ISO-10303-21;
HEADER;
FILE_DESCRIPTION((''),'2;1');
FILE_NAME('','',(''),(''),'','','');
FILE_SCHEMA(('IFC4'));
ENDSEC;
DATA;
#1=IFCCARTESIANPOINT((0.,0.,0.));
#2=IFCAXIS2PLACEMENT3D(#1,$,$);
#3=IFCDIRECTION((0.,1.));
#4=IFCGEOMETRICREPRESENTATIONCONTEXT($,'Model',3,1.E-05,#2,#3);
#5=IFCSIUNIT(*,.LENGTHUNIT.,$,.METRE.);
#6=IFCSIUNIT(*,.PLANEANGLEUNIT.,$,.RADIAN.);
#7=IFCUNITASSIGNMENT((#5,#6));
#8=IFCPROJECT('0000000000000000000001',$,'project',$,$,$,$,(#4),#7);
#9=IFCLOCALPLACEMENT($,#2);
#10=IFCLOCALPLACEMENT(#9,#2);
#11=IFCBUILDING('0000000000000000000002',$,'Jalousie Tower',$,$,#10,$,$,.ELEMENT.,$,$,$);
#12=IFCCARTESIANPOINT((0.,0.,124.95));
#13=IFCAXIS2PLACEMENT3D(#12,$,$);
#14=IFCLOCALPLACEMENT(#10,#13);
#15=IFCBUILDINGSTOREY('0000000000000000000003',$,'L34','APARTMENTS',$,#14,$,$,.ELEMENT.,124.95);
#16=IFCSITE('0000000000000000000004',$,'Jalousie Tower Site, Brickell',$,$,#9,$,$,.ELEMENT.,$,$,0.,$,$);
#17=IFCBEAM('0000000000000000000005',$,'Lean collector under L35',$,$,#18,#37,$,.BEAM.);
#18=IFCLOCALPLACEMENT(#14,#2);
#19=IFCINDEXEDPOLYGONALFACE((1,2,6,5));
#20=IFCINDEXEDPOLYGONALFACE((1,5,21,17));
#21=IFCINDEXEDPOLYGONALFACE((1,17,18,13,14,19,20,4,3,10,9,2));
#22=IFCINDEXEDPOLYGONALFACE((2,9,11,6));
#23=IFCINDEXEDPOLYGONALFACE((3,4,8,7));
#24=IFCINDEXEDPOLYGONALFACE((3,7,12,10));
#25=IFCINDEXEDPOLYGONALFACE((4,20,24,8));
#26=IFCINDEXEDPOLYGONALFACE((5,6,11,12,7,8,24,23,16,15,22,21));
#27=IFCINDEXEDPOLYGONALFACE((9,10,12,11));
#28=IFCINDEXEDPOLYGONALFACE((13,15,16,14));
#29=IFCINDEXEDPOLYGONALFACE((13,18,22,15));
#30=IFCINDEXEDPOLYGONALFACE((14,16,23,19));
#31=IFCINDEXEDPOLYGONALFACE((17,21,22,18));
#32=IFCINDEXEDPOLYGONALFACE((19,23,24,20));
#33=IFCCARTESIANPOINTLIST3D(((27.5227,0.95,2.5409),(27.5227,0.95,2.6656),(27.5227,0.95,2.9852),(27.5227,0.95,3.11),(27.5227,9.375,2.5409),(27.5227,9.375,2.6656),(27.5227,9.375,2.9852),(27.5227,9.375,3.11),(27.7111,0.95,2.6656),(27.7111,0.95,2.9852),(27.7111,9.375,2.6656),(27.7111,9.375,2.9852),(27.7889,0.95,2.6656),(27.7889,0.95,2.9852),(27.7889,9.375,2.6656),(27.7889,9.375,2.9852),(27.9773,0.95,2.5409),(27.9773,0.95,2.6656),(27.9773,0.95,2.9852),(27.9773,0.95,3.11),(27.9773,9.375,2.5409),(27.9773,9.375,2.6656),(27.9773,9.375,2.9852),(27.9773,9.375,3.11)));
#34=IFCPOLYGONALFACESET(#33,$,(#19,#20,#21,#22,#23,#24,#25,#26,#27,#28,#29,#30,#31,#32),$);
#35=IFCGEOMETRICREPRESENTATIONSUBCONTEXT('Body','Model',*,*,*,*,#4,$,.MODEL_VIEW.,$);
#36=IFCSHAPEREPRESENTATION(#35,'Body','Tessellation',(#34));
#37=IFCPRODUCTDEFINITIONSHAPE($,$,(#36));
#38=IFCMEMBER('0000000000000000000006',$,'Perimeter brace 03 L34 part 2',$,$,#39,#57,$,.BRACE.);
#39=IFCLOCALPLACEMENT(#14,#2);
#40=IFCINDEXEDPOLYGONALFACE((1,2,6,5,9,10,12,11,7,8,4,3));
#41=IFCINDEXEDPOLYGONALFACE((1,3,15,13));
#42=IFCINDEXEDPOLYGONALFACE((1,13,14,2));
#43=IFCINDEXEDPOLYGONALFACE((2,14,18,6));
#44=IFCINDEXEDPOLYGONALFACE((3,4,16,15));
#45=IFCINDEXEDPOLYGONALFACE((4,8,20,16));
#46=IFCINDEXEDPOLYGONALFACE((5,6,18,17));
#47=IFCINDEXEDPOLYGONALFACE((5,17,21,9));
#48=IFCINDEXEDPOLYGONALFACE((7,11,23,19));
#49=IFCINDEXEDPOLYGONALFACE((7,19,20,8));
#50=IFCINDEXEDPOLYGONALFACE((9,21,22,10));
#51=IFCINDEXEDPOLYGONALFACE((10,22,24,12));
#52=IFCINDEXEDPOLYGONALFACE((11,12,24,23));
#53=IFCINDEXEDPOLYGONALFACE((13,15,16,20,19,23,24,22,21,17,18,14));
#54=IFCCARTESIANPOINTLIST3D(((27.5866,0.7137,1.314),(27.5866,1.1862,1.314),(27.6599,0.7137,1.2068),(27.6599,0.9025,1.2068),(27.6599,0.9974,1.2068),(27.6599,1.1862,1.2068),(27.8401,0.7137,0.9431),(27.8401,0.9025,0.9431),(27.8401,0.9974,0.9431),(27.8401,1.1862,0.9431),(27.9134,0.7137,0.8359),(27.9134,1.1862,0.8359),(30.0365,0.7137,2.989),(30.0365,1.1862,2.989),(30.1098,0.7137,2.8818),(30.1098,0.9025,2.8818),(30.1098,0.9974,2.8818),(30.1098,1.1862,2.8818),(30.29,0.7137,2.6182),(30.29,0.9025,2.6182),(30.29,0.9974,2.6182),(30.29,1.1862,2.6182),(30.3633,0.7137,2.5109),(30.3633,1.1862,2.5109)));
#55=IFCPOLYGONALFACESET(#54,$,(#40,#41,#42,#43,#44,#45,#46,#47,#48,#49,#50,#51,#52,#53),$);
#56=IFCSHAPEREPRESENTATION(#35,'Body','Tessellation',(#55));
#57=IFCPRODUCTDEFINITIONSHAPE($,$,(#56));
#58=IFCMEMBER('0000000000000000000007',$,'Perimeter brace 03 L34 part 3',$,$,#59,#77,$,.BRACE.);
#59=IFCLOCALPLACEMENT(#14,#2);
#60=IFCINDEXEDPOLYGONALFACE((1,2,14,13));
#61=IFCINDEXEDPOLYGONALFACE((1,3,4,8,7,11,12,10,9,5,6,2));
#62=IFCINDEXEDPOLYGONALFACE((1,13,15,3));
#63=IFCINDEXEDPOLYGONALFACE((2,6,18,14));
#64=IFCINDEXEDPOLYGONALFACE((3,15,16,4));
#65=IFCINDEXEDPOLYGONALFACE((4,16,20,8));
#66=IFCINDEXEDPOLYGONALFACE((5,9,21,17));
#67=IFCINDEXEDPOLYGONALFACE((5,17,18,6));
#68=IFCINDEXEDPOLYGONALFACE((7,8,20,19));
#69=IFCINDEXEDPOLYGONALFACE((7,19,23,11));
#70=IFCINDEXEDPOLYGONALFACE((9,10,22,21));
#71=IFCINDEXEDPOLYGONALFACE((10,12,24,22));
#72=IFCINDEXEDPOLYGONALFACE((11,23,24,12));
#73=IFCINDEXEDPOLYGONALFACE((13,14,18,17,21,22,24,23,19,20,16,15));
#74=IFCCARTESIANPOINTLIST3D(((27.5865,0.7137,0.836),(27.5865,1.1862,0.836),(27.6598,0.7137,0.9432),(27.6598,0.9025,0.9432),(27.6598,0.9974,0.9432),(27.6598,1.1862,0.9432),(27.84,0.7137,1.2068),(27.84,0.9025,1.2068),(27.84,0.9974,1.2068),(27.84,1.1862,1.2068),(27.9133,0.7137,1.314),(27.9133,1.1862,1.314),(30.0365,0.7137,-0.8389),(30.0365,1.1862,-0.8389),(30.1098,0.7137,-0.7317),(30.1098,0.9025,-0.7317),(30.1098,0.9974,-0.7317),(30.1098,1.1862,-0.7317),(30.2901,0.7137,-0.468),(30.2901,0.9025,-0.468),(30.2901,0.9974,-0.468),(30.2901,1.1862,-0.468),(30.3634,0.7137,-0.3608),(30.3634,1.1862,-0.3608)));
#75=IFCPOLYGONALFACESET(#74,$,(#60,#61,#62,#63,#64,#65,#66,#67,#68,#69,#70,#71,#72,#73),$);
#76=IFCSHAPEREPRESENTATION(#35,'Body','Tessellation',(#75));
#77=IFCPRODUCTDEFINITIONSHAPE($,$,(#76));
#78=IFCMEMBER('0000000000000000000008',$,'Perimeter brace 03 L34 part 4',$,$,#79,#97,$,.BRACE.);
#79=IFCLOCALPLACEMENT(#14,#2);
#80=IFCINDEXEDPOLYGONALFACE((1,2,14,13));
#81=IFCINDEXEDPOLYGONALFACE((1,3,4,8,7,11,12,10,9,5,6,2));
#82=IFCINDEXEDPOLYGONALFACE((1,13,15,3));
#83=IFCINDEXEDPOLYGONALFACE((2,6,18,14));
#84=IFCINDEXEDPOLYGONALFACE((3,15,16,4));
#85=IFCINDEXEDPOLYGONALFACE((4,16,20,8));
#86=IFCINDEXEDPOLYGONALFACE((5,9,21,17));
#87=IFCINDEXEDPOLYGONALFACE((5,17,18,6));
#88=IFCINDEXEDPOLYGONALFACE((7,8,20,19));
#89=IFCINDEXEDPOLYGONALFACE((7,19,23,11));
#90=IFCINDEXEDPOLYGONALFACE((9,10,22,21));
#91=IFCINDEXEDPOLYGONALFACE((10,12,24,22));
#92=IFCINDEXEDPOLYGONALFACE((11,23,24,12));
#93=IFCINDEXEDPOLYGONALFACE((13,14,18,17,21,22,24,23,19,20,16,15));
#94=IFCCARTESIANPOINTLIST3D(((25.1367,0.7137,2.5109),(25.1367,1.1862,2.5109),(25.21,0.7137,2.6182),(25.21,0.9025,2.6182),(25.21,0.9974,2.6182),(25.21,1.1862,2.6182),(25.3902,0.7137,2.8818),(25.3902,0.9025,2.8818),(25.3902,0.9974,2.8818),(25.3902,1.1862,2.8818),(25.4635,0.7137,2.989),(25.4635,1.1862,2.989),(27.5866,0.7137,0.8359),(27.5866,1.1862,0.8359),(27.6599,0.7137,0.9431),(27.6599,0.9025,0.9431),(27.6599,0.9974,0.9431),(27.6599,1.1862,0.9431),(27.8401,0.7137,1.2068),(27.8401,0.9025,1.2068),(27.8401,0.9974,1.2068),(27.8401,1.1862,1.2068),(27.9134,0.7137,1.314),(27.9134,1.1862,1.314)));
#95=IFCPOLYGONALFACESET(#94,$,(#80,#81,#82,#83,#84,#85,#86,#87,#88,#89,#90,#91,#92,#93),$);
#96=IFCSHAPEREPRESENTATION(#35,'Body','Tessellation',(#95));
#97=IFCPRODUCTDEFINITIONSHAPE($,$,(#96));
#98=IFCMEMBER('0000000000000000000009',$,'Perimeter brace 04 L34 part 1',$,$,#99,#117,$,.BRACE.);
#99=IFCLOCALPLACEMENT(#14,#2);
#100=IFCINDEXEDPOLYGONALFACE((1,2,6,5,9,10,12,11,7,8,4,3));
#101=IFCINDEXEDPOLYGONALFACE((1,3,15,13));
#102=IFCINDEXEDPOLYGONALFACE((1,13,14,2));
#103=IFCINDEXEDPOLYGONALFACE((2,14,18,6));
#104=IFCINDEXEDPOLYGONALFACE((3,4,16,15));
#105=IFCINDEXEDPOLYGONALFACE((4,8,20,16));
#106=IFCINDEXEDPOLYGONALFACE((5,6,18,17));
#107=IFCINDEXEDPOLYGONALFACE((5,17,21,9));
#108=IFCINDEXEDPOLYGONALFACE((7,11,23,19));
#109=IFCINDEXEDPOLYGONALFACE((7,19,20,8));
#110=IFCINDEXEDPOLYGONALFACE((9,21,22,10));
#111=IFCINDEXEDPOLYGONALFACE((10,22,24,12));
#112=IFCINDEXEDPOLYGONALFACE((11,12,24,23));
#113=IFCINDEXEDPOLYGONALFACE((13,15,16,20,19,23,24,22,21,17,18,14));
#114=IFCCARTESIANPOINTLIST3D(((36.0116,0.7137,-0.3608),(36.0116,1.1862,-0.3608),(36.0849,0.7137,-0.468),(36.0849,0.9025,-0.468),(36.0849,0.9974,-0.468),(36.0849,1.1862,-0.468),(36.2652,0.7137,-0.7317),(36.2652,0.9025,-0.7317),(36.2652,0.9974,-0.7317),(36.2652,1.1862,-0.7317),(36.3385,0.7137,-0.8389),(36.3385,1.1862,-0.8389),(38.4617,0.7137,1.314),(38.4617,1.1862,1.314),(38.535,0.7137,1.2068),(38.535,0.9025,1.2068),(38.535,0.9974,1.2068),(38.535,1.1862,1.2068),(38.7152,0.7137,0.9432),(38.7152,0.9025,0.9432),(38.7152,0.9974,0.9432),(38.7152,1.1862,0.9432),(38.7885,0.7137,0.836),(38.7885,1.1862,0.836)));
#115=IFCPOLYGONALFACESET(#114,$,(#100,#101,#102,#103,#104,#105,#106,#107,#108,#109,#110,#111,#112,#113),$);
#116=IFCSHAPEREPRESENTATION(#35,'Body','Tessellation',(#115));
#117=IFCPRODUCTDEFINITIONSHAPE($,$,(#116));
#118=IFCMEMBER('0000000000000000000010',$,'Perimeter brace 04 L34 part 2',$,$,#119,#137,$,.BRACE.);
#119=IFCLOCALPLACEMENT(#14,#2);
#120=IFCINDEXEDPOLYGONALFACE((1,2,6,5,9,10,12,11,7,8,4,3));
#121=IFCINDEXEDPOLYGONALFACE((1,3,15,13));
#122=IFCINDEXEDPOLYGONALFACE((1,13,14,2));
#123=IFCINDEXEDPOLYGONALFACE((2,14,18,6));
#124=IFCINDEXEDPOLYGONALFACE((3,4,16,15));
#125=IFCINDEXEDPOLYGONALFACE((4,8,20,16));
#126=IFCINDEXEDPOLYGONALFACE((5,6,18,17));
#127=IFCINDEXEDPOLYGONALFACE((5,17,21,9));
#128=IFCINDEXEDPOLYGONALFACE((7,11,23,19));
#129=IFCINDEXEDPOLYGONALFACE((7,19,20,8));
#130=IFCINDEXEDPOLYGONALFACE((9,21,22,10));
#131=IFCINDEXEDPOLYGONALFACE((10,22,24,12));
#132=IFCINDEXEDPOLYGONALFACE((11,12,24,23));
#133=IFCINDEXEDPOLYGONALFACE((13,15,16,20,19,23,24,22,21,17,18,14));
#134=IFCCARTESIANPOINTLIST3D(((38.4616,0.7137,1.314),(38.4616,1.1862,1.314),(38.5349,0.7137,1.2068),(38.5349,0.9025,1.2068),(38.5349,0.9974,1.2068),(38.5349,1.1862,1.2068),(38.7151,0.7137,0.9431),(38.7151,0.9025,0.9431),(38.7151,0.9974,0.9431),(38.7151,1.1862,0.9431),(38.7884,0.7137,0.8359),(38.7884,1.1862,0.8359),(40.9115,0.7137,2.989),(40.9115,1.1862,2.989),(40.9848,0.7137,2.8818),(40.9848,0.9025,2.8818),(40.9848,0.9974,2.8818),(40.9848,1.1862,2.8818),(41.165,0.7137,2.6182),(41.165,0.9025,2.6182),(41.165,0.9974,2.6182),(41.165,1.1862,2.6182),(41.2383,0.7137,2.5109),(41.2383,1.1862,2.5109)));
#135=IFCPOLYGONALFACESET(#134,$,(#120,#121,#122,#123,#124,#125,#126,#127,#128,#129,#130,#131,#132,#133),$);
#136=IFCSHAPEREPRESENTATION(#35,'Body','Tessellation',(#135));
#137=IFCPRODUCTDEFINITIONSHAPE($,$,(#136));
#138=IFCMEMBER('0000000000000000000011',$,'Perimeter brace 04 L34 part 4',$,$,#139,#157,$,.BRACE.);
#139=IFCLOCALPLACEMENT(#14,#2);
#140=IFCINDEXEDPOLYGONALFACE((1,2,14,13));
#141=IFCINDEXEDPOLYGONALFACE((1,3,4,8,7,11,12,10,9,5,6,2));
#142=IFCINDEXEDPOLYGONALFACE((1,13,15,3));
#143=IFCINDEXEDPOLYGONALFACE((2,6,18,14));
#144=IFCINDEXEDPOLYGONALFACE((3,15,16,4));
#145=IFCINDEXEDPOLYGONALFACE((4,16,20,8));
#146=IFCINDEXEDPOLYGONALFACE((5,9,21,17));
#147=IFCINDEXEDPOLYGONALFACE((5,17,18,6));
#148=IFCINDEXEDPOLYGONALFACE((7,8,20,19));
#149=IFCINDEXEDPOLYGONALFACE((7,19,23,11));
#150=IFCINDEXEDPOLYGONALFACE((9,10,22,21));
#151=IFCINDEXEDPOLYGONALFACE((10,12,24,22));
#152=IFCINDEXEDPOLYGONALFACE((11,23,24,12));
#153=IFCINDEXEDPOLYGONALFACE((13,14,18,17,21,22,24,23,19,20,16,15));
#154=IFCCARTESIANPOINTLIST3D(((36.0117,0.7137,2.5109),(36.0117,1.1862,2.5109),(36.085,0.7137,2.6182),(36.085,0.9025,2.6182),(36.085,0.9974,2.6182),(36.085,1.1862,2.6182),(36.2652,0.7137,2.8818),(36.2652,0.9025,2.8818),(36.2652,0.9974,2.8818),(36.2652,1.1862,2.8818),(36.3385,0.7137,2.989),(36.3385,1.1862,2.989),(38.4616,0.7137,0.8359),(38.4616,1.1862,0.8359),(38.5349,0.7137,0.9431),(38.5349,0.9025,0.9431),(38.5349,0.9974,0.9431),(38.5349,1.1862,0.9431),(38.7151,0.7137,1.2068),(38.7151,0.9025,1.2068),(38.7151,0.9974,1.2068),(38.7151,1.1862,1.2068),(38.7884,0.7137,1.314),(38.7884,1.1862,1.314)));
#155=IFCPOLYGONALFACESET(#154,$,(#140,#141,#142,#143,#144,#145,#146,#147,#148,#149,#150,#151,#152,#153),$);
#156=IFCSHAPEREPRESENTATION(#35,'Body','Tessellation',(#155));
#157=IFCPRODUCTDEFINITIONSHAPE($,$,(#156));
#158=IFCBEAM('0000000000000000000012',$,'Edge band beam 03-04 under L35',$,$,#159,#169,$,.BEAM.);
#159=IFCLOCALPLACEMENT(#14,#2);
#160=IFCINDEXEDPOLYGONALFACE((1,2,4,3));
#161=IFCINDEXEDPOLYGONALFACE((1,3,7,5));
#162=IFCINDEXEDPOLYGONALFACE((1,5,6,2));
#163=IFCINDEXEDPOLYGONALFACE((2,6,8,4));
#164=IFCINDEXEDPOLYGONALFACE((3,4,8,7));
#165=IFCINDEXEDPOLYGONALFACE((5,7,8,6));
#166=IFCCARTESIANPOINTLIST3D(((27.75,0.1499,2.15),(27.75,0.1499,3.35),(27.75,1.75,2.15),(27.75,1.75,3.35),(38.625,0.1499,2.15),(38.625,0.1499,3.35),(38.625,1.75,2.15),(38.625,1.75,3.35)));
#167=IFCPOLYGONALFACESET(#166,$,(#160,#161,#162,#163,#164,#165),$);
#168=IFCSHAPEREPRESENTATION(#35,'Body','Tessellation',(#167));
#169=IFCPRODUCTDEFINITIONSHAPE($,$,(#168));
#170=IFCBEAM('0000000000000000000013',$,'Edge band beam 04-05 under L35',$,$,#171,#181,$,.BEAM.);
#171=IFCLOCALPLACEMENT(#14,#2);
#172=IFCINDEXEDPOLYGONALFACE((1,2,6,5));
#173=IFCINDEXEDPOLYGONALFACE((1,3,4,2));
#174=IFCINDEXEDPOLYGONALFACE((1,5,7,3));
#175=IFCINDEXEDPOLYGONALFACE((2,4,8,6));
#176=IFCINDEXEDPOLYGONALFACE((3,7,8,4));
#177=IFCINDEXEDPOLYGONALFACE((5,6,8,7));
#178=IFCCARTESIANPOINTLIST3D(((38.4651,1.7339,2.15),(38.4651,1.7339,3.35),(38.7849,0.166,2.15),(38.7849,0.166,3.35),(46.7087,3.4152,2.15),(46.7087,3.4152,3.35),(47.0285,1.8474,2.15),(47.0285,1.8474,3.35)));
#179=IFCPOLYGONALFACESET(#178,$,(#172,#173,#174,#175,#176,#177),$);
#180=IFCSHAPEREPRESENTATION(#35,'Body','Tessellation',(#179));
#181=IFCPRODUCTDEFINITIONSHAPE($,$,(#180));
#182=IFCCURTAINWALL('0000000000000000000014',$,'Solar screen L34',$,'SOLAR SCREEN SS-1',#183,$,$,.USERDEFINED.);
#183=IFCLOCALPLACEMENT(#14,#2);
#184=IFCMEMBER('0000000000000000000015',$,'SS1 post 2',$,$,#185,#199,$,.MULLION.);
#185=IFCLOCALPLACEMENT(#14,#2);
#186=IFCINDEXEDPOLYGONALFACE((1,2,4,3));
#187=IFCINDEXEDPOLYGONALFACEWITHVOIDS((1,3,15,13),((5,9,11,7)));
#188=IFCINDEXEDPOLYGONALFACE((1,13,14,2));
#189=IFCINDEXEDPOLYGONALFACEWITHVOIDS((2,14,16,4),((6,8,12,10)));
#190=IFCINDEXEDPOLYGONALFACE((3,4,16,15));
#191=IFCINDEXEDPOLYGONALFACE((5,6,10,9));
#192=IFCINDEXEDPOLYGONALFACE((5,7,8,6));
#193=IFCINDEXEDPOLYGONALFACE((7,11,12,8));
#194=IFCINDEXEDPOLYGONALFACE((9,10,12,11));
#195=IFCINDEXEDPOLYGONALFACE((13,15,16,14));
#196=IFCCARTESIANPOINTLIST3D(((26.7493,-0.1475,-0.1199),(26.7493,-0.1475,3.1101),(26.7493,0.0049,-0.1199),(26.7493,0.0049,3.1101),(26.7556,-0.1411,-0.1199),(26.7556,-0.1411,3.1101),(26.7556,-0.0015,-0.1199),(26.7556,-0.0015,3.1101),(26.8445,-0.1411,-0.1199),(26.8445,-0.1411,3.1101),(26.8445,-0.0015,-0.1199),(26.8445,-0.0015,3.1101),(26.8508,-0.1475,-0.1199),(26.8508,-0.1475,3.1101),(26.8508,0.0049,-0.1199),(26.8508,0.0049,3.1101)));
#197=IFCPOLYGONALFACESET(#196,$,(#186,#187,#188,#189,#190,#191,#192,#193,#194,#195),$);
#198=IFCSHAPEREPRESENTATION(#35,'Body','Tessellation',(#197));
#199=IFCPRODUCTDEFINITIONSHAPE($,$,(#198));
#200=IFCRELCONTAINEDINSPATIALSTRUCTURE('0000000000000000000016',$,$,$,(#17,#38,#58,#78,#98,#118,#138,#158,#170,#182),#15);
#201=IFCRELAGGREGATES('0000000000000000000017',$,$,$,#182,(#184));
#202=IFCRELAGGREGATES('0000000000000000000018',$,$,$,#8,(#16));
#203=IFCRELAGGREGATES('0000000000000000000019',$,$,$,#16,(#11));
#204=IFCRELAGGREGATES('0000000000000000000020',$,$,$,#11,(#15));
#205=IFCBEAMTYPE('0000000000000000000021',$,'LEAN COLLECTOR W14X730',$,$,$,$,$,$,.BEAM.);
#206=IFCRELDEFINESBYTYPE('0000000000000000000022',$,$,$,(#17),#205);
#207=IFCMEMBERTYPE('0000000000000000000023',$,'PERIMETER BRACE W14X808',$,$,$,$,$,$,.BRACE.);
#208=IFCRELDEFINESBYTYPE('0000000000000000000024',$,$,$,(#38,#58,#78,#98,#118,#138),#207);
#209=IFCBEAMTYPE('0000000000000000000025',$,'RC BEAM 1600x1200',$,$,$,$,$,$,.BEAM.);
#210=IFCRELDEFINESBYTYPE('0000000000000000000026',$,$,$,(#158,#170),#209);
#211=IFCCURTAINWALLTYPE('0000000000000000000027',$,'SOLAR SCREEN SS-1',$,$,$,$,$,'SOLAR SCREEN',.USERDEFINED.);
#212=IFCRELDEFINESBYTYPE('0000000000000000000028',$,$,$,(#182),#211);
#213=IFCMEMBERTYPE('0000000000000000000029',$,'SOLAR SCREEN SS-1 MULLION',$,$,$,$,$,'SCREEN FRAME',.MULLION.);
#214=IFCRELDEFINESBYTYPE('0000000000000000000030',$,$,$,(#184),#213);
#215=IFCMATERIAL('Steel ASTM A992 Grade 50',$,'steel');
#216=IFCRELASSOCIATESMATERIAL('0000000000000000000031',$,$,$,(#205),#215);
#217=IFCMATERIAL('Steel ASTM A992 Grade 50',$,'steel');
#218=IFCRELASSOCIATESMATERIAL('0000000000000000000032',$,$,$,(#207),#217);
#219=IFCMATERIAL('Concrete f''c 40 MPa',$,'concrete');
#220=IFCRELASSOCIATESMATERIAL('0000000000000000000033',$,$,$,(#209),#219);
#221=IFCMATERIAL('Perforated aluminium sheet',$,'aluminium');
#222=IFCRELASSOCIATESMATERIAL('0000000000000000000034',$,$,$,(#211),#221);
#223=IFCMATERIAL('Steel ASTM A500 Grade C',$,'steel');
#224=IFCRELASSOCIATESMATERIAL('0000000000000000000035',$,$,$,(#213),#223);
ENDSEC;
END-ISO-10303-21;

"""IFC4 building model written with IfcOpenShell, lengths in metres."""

from ifc_helpers import new_model, si_unit, direction, frame, origin, origin_2d, place, context, subcontext, project, spatial, rectangle, hollow_rectangle, i_section, extrude, material, material_profile, profile_set, type_object, element, aggregate, save


model = new_model("IFC4")

# Units and contexts
model_context = context("Model", 3, precision=1e-05, world=origin(), true_north=direction((0.0, 1.0)))
body_context = subcontext(model_context, "Body", "Model", "MODEL_VIEW")
ifc_project = project(units=[si_unit("LENGTHUNIT", "METRE"), si_unit("PLANEANGLEUNIT", "RADIAN")], contexts=[model_context])

# Site, building, storey
site_placement = place(None, origin())
site = spatial("IfcSite", under=ifc_project, at=site_placement, Name="Jalousie Tower Site, Brickell", CompositionType="ELEMENT", RefElevation=0.0)
building_placement = place(site_placement, origin())
building = spatial("IfcBuilding", under=site, at=building_placement, Name="Jalousie Tower", CompositionType="ELEMENT")
storey_placement = place(building_placement, frame((0.0, 0.0, 124.95)))
storey = spatial("IfcBuildingStorey", under=building, at=storey_placement, Name="L34", Description="APARTMENTS", CompositionType="ELEMENT", Elevation=124.95)

# Beam
ifc_material_1 = material(Name="Steel ASTM A992 Grade 50", Category="steel")
ifc_material_profile_1 = material_profile(ifc_material_1, i_section(OverallWidth=0.4546, OverallDepth=0.5691, WebThickness=0.0779, FlangeThickness=0.1248, at=origin_2d()), Name="W14X730")
ifc_profile_set_1 = profile_set([ifc_material_profile_1], Name="Steel ASTM A992 Grade 50")
beam_type_1 = type_object("IfcBeamType", Name="LEAN COLLECTOR W14X730", PredefinedType="BEAM", material=ifc_profile_set_1)
beam_1_placement = place(storey_placement, frame((27.75, 0.95, 2.8254), z_axis=(0.0, 1.0, 0.0), x_axis=(-1.0, 0.0, 0.0)))
element("IfcBeam", 1, at=beam_1_placement, inside=storey, type_object=beam_type_1, Name="Lean collector under L35", PredefinedType="BEAM", context=body_context, shape_type="SweptSolid", body=[
    extrude(i_section(OverallWidth=0.4546, OverallDepth=0.5691, WebThickness=0.0779, FlangeThickness=0.1248, at=origin_2d()), origin(), (0.0, 0.0, 1.0), 8.425),
])

# Members
ifc_material_2 = material(Name="Steel ASTM A992 Grade 50", Category="steel")
ifc_material_profile_2 = material_profile(ifc_material_2, i_section(OverallWidth=0.4724, OverallDepth=0.5791, WebThickness=0.095, FlangeThickness=0.1299, at=origin_2d()), Name="W14X808")
ifc_profile_set_2 = profile_set([ifc_material_profile_2], Name="Steel ASTM A992 Grade 50")
member_type_1 = type_object("IfcMemberType", Name="PERIMETER BRACE W14X808", PredefinedType="BRACE", material=ifc_profile_set_2)
for number, where, z_axis, x_axis, name in (
    (2, (27.75, 0.95, 1.075), (0.825501, 0.0, 0.564401), (0.0, 1.0, 0.0), "Perimeter brace 03 L34 part 2"),
    (3, (30.2, 0.95, -0.5999), (-0.825539, 0.0, 0.564345), (0.0, -1.0, 0.0), "Perimeter brace 03 L34 part 3"),
    (4, (27.75, 0.95, 1.075), (-0.825501, 0.0, 0.564401), (0.0, -1.0, 0.0), "Perimeter brace 03 L34 part 4"),
    (5, (36.175, 0.95, -0.5999), (0.825539, 0.0, 0.564345), (0.0, 1.0, 0.0), "Perimeter brace 04 L34 part 1"),
    (6, (38.625, 0.95, 1.075), (0.825501, 0.0, 0.564401), (0.0, 1.0, 0.0), "Perimeter brace 04 L34 part 2"),
    (7, (38.625, 0.95, 1.075), (-0.825501, 0.0, 0.564401), (0.0, -1.0, 0.0), "Perimeter brace 04 L34 part 4"),
):
    element("IfcMember", number, at=place(storey_placement, frame(where, z_axis=z_axis, x_axis=x_axis)), inside=storey, type_object=member_type_1, Name=name, PredefinedType="BRACE", context=body_context, shape_type="SweptSolid", body=[
        extrude(i_section(OverallWidth=0.4724, OverallDepth=0.5791, WebThickness=0.095, FlangeThickness=0.1299, at=origin_2d()), origin(), (0.0, 0.0, 1.0), 2.9678),
    ])

# Beams
ifc_material_3 = material(Name="Concrete f'c 40 MPa", Category="concrete")
ifc_material_profile_3 = material_profile(ifc_material_3, rectangle(XDim=1.6001, YDim=1.2, at=origin_2d()), Name="RC 1600x1200")
ifc_profile_set_3 = profile_set([ifc_material_profile_3], Name="Concrete f'c 40 MPa")
beam_type_2 = type_object("IfcBeamType", Name="RC BEAM 1600x1200", PredefinedType="BEAM", material=ifc_profile_set_3)
beam_2_placement = place(storey_placement, frame((27.75, 0.95, 2.75), z_axis=(1.0, 0.0, 0.0), x_axis=(0.0, 1.0, 0.0)))
element("IfcBeam", 8, at=beam_2_placement, inside=storey, type_object=beam_type_2, Name="Edge band beam 03-04 under L35", PredefinedType="BEAM", context=body_context, shape_type="SweptSolid", body=[
    extrude(rectangle(XDim=1.6001, YDim=1.2, at=origin_2d()), origin(), (0.0, 0.0, 1.0), 10.875),
])
beam_3_placement = place(storey_placement, frame((38.625, 0.95, 2.75), z_axis=(0.979827, 0.199848, 0.0), x_axis=(-0.199848, 0.979827, 0.0)))
element("IfcBeam", 9, at=beam_3_placement, inside=storey, type_object=beam_type_2, Name="Edge band beam 04-05 under L35", PredefinedType="BEAM", context=body_context, shape_type="SweptSolid", body=[
    extrude(rectangle(XDim=1.6001, YDim=1.2, at=origin_2d()), origin(), (0.0, 0.0, 1.0), 8.4133),
])

# Curtain wall, member
ifc_material_4 = material(Name="Perforated aluminium sheet", Category="aluminium")
curtain_wall_type = type_object("IfcCurtainWallType", Name="SOLAR SCREEN SS-1", ElementType="SOLAR SCREEN", PredefinedType="USERDEFINED", material=ifc_material_4)
curtain_wall_1_placement = place(storey_placement, origin())
curtain_wall_1 = element("IfcCurtainWall", 10, at=curtain_wall_1_placement, inside=storey, type_object=curtain_wall_type, Name="Solar screen L34", ObjectType="SOLAR SCREEN SS-1", PredefinedType="USERDEFINED")
ifc_material_5 = material(Name="Steel ASTM A500 Grade C", Category="steel")
ifc_material_profile_4 = material_profile(ifc_material_5, hollow_rectangle(XDim=0.1016, YDim=0.1523, WallThickness=0.0063, at=origin_2d()), Name="HSS6X4X1/4")
ifc_profile_set_4 = profile_set([ifc_material_profile_4], Name="Steel ASTM A500 Grade C")
member_type_2 = type_object("IfcMemberType", Name="SOLAR SCREEN SS-1 MULLION", ElementType="SCREEN FRAME", PredefinedType="MULLION", material=ifc_profile_set_4)
member_1_placement = place(storey_placement, frame((26.8, -0.0713, -0.1199), z_axis=(0.0, 0.0, 1.0), x_axis=(1.0, 0.0, 0.0)))
member_1 = element("IfcMember", 11, at=member_1_placement, type_object=member_type_2, Name="SS1 post 2", PredefinedType="MULLION", context=body_context, shape_type="SweptSolid", body=[
    extrude(hollow_rectangle(XDim=0.1016, YDim=0.1523, WallThickness=0.0063, at=origin_2d()), origin(), (0.0, 0.0, 1.0), 3.23),
])
aggregate(curtain_wall_1, [member_1])

save(model, "model.ifc")
